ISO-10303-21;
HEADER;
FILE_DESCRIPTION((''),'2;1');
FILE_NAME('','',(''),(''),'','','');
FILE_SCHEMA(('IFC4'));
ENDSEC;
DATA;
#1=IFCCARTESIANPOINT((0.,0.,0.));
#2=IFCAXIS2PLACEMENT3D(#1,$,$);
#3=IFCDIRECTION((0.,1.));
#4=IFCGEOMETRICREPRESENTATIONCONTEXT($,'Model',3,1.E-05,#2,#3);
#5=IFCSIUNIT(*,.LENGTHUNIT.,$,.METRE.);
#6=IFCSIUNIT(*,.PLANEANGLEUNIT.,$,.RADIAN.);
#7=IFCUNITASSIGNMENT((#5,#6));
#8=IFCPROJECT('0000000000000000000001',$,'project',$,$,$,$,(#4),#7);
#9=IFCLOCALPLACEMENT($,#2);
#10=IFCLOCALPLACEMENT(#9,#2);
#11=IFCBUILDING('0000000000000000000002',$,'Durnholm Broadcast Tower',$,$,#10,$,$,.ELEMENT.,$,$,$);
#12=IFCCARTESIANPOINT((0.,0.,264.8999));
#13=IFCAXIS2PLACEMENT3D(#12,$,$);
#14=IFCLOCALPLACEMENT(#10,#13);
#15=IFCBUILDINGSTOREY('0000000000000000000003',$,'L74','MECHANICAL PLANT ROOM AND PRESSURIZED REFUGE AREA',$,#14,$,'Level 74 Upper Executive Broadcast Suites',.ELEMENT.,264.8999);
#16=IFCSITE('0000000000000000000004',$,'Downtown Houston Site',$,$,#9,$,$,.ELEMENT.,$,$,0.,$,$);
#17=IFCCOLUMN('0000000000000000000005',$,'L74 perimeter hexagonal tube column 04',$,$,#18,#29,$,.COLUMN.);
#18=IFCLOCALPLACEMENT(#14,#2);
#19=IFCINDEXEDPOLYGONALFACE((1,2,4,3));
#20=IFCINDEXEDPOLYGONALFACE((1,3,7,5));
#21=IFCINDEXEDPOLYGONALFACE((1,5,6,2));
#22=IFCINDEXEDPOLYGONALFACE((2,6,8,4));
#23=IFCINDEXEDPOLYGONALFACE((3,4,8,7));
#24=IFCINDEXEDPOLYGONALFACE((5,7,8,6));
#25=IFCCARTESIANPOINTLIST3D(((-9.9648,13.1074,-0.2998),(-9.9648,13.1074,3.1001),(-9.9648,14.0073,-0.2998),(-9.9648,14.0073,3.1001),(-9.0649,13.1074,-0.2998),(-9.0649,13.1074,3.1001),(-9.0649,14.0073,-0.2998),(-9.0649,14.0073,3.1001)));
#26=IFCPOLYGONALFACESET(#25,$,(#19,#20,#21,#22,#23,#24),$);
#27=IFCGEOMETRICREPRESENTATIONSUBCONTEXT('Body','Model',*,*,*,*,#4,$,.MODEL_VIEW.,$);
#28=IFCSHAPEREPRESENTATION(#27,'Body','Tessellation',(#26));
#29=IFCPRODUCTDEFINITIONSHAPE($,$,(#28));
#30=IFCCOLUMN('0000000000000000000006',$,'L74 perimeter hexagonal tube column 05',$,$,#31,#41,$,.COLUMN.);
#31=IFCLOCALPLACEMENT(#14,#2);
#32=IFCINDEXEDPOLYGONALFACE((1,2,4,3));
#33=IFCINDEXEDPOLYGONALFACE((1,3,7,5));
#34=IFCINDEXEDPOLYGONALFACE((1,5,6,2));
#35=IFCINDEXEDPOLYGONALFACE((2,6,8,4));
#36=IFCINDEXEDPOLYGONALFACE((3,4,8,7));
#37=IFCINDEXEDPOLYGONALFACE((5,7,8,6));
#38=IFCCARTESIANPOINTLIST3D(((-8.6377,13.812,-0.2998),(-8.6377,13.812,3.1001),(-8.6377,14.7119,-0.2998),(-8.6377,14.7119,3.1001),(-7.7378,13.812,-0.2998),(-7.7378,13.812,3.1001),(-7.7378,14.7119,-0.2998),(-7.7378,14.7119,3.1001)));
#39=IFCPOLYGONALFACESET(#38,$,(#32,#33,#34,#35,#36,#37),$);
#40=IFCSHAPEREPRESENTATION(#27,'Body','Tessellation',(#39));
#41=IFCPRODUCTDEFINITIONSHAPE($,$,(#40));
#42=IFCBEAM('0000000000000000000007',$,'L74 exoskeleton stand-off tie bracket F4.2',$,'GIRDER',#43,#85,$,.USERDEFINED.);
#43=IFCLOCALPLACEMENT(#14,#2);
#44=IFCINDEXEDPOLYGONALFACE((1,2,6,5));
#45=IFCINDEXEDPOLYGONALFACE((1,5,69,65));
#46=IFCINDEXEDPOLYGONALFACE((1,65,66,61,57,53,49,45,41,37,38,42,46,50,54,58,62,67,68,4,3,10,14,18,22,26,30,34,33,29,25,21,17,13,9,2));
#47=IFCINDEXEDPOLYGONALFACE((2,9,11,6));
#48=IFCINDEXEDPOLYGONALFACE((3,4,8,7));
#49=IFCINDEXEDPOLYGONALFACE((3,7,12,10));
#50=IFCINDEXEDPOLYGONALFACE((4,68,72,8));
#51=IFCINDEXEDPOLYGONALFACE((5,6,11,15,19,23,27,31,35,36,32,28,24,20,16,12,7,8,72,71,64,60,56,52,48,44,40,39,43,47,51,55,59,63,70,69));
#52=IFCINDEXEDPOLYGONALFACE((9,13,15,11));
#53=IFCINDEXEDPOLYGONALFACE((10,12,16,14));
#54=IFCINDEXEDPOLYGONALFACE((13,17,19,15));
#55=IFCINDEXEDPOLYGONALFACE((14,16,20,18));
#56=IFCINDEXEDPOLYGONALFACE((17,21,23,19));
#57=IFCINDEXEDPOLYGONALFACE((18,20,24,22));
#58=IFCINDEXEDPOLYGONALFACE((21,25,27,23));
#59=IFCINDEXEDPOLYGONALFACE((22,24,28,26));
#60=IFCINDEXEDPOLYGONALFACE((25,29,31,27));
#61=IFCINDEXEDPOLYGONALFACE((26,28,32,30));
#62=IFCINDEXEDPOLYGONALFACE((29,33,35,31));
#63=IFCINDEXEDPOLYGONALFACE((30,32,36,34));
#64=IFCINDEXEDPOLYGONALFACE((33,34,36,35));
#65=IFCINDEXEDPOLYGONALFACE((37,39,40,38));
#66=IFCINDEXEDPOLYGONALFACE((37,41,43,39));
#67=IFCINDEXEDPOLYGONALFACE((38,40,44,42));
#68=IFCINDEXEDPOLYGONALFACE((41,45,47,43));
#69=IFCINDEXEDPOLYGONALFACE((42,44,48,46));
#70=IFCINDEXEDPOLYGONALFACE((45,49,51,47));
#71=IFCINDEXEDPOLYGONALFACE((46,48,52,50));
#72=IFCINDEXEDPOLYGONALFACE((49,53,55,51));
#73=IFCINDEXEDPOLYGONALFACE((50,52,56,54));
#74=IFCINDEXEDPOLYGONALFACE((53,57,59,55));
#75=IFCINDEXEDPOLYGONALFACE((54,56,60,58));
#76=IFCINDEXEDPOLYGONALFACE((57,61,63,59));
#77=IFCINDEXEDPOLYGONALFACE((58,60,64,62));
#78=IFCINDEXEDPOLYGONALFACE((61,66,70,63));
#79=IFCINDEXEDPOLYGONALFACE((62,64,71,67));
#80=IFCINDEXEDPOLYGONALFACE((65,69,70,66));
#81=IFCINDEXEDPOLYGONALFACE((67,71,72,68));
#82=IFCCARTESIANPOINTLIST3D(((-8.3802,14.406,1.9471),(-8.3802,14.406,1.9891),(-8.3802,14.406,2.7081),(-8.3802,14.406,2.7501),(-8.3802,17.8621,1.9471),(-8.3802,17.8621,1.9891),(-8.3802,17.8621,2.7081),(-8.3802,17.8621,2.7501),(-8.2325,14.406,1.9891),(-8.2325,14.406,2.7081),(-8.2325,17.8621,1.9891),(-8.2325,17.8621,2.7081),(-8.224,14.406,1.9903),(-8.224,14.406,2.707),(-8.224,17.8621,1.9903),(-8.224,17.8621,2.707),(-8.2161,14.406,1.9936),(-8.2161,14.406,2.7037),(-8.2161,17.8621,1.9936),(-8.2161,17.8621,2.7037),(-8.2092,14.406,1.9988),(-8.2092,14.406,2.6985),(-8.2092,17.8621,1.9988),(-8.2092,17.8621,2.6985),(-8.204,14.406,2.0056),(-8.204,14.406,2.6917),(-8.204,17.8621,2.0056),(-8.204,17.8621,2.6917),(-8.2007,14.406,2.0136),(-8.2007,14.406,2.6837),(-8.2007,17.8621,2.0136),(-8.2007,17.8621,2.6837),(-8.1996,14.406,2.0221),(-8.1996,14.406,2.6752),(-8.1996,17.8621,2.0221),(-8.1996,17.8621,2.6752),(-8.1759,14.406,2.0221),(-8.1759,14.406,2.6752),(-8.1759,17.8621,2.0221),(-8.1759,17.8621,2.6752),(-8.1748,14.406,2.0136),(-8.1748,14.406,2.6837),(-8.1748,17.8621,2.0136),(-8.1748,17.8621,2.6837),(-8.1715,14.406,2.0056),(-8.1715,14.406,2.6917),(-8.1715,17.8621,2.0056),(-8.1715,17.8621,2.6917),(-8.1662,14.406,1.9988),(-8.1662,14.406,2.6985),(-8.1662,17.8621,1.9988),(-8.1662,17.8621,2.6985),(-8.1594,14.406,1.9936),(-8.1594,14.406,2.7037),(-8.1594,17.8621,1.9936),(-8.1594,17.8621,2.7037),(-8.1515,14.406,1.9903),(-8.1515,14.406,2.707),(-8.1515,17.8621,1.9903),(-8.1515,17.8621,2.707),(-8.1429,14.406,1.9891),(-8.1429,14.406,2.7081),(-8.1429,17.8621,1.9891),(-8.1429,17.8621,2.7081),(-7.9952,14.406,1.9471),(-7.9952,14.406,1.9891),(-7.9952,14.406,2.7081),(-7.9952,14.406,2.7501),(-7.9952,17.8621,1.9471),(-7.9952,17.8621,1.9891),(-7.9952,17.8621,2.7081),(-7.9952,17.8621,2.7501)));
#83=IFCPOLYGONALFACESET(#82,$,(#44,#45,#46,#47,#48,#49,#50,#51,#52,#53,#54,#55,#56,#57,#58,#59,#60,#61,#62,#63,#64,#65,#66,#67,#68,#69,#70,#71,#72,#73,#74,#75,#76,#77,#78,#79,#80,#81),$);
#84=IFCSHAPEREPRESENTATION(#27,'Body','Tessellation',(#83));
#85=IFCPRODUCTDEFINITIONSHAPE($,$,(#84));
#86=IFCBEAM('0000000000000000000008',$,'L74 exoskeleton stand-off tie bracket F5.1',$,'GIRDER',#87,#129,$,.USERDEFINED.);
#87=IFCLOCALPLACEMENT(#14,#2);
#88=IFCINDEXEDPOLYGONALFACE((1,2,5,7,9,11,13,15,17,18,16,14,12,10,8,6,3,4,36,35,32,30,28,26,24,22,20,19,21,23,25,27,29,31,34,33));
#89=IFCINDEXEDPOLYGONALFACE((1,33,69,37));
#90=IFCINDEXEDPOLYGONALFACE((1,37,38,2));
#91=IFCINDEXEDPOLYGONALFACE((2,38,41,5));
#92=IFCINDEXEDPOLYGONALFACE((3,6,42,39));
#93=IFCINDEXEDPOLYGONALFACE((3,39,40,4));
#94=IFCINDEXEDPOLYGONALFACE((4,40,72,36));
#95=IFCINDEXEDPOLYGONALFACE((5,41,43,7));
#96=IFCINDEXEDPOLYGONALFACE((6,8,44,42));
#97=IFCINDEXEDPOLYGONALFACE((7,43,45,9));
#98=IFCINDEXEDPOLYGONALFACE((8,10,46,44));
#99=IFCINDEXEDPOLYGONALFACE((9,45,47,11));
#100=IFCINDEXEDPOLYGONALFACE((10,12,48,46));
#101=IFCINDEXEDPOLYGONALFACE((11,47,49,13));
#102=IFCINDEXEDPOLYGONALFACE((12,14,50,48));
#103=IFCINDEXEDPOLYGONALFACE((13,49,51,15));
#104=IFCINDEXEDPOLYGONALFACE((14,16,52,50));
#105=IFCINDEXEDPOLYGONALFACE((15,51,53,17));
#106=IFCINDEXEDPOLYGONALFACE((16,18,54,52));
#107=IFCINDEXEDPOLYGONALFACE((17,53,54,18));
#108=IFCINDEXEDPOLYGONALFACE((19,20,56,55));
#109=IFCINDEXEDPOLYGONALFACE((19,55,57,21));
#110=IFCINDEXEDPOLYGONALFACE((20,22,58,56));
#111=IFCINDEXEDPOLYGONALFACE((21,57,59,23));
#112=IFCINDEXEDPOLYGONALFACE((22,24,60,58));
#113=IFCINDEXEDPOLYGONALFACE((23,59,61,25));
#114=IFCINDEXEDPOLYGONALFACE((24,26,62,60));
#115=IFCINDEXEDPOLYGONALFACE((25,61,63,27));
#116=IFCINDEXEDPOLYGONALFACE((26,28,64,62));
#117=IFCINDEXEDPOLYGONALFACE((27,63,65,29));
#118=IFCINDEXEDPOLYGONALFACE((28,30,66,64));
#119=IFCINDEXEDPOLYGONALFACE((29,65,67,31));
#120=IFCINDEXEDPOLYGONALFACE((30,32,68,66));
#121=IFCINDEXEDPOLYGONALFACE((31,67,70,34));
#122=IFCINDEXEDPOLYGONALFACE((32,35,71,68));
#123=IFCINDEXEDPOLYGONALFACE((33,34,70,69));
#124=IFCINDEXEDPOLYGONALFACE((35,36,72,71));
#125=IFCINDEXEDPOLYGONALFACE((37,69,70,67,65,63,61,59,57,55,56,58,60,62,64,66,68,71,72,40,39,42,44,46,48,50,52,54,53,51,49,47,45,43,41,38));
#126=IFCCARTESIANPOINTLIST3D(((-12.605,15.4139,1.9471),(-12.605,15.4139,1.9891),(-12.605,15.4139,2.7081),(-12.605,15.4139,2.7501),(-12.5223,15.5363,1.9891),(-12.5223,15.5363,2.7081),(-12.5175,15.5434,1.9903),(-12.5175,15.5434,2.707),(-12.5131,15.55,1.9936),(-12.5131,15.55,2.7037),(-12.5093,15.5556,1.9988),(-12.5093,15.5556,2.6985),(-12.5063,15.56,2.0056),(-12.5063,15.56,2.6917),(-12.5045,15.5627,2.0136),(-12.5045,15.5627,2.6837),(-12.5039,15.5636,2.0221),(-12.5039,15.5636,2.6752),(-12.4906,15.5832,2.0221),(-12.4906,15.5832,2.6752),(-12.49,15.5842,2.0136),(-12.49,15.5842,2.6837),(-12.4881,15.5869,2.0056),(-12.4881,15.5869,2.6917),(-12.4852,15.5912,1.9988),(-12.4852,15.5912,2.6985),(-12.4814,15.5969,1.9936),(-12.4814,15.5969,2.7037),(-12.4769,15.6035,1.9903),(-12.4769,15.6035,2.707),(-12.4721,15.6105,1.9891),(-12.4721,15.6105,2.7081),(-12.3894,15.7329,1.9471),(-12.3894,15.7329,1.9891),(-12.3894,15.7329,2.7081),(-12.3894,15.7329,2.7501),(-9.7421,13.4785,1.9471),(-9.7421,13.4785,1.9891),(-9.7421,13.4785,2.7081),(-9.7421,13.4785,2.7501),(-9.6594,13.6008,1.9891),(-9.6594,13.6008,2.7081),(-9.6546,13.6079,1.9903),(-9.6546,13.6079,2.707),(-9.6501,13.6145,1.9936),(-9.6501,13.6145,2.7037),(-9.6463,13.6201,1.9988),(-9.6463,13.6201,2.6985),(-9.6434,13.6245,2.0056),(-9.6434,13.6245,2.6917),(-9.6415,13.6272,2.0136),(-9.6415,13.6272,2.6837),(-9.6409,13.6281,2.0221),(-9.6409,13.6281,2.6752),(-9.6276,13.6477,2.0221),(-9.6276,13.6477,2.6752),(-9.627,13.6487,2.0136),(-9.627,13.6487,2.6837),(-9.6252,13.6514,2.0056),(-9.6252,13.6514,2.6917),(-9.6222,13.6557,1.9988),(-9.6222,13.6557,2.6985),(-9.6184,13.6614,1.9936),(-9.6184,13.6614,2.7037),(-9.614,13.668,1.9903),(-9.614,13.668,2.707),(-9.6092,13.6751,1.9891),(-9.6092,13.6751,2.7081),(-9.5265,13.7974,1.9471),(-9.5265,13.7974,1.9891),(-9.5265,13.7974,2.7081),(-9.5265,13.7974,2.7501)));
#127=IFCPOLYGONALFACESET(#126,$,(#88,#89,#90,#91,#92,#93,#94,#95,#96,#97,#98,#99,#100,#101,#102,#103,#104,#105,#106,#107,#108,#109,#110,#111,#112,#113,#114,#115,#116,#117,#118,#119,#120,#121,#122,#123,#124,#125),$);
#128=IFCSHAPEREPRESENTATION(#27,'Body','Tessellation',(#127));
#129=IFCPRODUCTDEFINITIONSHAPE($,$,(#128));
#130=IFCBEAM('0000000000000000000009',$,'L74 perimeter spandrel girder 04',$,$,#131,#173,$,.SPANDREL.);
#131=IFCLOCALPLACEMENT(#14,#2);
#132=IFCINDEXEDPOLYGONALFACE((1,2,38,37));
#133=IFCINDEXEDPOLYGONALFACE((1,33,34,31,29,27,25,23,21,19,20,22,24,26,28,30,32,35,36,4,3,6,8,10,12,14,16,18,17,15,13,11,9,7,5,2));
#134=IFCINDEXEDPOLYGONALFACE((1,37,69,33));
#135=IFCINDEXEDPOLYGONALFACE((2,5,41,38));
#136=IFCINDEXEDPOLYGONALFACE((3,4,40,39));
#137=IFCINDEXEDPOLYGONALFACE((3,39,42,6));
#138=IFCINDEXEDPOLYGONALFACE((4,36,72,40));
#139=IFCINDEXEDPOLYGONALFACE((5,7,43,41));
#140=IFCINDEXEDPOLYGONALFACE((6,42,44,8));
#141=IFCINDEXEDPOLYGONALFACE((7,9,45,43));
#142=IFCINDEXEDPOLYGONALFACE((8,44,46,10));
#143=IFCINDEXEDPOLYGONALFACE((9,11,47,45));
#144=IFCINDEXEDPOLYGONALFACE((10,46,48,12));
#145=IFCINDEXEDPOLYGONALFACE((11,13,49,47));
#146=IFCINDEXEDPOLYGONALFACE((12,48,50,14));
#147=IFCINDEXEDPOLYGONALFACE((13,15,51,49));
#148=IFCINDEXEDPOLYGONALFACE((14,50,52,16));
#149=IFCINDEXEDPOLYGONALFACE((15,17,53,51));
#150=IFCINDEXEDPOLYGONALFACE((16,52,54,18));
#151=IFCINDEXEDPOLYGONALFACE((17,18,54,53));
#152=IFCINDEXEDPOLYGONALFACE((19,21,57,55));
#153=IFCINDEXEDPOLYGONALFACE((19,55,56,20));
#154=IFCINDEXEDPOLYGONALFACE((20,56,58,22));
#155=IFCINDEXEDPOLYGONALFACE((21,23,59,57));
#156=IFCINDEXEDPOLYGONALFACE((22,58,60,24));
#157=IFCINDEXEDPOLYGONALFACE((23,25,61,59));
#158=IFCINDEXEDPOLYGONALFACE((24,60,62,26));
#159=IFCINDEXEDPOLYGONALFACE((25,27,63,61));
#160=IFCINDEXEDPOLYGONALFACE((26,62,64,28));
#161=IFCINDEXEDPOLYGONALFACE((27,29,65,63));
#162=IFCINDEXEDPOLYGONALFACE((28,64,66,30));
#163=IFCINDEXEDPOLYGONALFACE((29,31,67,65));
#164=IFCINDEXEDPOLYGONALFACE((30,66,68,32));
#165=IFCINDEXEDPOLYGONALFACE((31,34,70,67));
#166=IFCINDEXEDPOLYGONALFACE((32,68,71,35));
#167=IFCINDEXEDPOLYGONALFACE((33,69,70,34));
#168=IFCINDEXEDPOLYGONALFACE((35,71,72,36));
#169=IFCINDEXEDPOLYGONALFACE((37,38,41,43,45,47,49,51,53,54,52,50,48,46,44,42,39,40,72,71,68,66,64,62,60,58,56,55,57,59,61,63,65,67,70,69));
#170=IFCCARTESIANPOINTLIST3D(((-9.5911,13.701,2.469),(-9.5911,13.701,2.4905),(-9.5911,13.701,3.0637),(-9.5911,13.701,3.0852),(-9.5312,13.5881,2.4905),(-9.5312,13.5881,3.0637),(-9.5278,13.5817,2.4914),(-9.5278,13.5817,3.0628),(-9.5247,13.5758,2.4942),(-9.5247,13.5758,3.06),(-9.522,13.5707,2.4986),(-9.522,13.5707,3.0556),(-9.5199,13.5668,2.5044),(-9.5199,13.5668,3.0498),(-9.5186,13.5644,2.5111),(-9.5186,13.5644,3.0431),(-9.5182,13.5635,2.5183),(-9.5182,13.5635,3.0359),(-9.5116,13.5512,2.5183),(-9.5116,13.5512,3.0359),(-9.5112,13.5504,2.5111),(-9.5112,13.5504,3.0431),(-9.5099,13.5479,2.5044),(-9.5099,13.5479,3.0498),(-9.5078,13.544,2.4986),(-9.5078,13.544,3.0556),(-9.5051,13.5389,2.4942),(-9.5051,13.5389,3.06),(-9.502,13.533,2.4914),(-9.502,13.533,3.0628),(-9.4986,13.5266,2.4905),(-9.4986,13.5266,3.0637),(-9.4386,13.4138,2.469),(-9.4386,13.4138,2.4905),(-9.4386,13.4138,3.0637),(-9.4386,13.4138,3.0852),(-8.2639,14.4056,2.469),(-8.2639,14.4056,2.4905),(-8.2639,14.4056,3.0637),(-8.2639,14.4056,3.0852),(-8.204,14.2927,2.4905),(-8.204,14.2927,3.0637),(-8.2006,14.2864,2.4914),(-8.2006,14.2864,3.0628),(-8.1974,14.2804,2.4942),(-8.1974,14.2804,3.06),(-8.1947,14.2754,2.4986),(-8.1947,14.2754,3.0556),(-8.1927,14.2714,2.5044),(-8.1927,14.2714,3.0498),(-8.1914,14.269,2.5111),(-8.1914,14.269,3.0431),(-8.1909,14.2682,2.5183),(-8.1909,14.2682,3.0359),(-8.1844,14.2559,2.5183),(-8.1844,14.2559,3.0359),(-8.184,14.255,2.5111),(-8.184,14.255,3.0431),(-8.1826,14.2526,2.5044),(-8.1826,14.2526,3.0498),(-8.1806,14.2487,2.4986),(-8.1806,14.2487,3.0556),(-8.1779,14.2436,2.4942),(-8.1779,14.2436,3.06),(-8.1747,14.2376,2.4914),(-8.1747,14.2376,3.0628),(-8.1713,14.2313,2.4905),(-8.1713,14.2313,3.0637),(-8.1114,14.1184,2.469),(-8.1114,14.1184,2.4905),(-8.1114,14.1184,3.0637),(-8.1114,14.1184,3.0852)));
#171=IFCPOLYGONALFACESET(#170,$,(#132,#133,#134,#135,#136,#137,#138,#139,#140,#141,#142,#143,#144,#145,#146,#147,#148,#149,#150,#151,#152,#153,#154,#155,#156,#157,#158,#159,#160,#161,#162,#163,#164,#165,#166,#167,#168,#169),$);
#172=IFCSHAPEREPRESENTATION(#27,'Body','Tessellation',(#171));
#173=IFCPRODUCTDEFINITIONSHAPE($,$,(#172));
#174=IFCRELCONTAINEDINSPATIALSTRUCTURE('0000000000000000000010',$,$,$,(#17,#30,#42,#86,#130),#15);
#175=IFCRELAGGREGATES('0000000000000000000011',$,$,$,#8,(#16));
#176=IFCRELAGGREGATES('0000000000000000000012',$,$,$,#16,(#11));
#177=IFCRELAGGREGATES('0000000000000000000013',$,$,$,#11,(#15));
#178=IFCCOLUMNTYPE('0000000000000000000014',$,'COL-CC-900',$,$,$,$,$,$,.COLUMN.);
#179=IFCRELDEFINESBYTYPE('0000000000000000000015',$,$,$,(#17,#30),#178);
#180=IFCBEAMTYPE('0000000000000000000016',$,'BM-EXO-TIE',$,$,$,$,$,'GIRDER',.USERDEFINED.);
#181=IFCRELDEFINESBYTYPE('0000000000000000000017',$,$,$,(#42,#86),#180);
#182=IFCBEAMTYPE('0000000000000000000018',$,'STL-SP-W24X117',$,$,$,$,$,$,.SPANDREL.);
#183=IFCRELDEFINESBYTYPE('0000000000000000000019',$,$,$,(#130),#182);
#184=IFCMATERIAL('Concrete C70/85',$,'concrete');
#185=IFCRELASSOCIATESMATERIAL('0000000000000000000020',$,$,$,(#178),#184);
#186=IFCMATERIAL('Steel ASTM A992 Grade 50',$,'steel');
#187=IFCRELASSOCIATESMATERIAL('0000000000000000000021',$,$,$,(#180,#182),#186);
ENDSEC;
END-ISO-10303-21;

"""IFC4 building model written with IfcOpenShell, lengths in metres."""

from ifc_helpers import new_model, si_unit, direction, frame, origin, origin_2d, place, context, subcontext, project, spatial, rectangle, i_section, extrude, source, transform, mapped, material, material_profile, profile_set, type_object, type_shapes, element, save


model = new_model("IFC4")

# Units and contexts
model_context = context("Model", 3, precision=1e-05, world=origin(), true_north=direction((0.0, 1.0)))
body_context = subcontext(model_context, "Body", "Model", "MODEL_VIEW")
ifc_project = project(units=[si_unit("LENGTHUNIT", "METRE"), si_unit("PLANEANGLEUNIT", "RADIAN")], contexts=[model_context])

# Site, building, storey
site_placement = place(None, origin())
site = spatial("IfcSite", under=ifc_project, at=site_placement, Name="Downtown Houston Site", CompositionType="ELEMENT", RefElevation=0.0)
building_placement = place(site_placement, origin())
building = spatial("IfcBuilding", under=site, at=building_placement, Name="Durnholm Broadcast Tower", CompositionType="ELEMENT")
storey_placement = place(building_placement, frame((0.0, 0.0, 264.8999)))
storey = spatial("IfcBuildingStorey", under=building, at=storey_placement, Name="L74", Description="MECHANICAL PLANT ROOM AND PRESSURIZED REFUGE AREA", LongName="Level 74 Upper Executive Broadcast Suites", CompositionType="ELEMENT", Elevation=264.8999)

# Columns
ifc_material_1 = material(Name="Concrete C70/85", Category="concrete")
ifc_material_profile_1 = material_profile(ifc_material_1, rectangle(XDim=0.8999, YDim=0.8999, at=origin_2d()), Name="RC900X900")
ifc_profile_set_1 = profile_set([ifc_material_profile_1], Name="Concrete C70/85")
column_type = type_object("IfcColumnType", Name="COL-CC-900", PredefinedType="COLUMN", material=ifc_profile_set_1)
shared_shape_1 = source(origin(), body_context, "Body", "SweptSolid", [
    extrude(rectangle(XDim=0.8999, YDim=0.8999, at=origin_2d()), origin(), (0.0, 0.0, 1.0), 3.3999),
])
type_shapes(column_type, [shared_shape_1])
for number, where, z_axis, x_axis, name in (
    (1, (-9.5149, 13.5574, -0.2998), (0.0, 0.0, 1.0), (1.0, 0.0, 0.0), "L74 perimeter hexagonal tube column 04"),
    (2, (-8.1877, 14.262, -0.2998), (0.0, 0.0, 1.0), (1.0, 0.0, 0.0), "L74 perimeter hexagonal tube column 05"),
):
    element("IfcColumn", number, at=place(storey_placement, frame(where, z_axis=z_axis, x_axis=x_axis)), inside=storey, type_object=column_type, Name=name, PredefinedType="COLUMN", context=body_context, shape_type="MappedRepresentation", body=[
        mapped(shared_shape_1, transform((0.0, 0.0, 0.0), x_axis=(1.0, 0.0, 0.0), y_axis=(0.0, 1.0, 0.0), z_axis=(0.0, 0.0, 1.0), scale=1.0)),
    ])

# Beams
ifc_material_2 = material(Name="Steel ASTM A992 Grade 50", Category="steel")
ifc_material_profile_2 = material_profile(ifc_material_2, i_section(OverallWidth=0.385, OverallDepth=0.803, WebThickness=0.0237, FlangeThickness=0.042, FilletRadius=0.033, at=origin_2d()), Name="W30X261")
ifc_profile_set_2 = profile_set([ifc_material_profile_2], Name="Steel ASTM A992 Grade 50")
beam_type_1 = type_object("IfcBeamType", Name="BM-EXO-TIE", ElementType="GIRDER", PredefinedType="USERDEFINED", material=ifc_profile_set_2)
shared_shape_2 = source(origin(), body_context, "Body", "SweptSolid", [
    extrude(i_section(OverallWidth=0.385, OverallDepth=0.803, WebThickness=0.0237, FlangeThickness=0.042, FilletRadius=0.033, at=origin_2d()), origin(), (0.0, 0.0, 1.0), 3.4561),
])
beam_1_placement = place(storey_placement, frame((-8.1877, 14.406, 2.3486), z_axis=(0.0, 1.0, 0.0), x_axis=(-1.0, 0.0, 0.0)))
element("IfcBeam", 3, at=beam_1_placement, inside=storey, type_object=beam_type_1, Name="L74 exoskeleton stand-off tie bracket F4.2", ObjectType="GIRDER", PredefinedType="USERDEFINED", context=body_context, shape_type="MappedRepresentation", body=[
    mapped(shared_shape_2, transform((0.0, 0.0, 0.0), x_axis=(1.0, 0.0, 0.0), y_axis=(0.0, 1.0, 0.0), z_axis=(0.0, 0.0, 1.0), scale=1.0)),
])
shared_shape_3 = source(origin(), body_context, "Body", "SweptSolid", [
    extrude(i_section(OverallWidth=0.385, OverallDepth=0.803, WebThickness=0.0237, FlangeThickness=0.042, FilletRadius=0.033, at=origin_2d()), origin(), (0.0, 0.0, 1.0), 3.4558),
])
type_shapes(beam_type_1, [shared_shape_2, shared_shape_3])
beam_2_placement = place(storey_placement, frame((-9.6343, 13.6379, 2.3486), z_axis=(-0.828446, 0.560068, 0.0), x_axis=(-0.560068, -0.828446, 0.0)))
element("IfcBeam", 4, at=beam_2_placement, inside=storey, type_object=beam_type_1, Name="L74 exoskeleton stand-off tie bracket F5.1", ObjectType="GIRDER", PredefinedType="USERDEFINED", context=body_context, shape_type="MappedRepresentation", body=[
    mapped(shared_shape_3, transform((0.0, 0.0, 0.0), x_axis=(1.0, 0.0, 0.0), y_axis=(0.0, 1.0, 0.0), z_axis=(0.0, 0.0, 1.0), scale=1.0)),
])
ifc_material_profile_3 = material_profile(ifc_material_2, i_section(OverallWidth=0.3252, OverallDepth=0.6162, WebThickness=0.0139, FlangeThickness=0.0215, FilletRadius=0.0278, at=origin_2d()), Name="W24X117")
ifc_profile_set_3 = profile_set([ifc_material_profile_3], Name="Steel ASTM A992 Grade 50")
beam_type_2 = type_object("IfcBeamType", Name="STL-SP-W24X117", PredefinedType="SPANDREL", material=ifc_profile_set_3)
shared_shape_4 = source(origin(), body_context, "Body", "SweptSolid", [
    extrude(i_section(OverallWidth=0.3252, OverallDepth=0.6162, WebThickness=0.0139, FlangeThickness=0.0215, FilletRadius=0.0278, at=origin_2d()), origin(), (0.0, 0.0, 1.0), 1.5027),
])
beam_3_placement = place(storey_placement, frame((-9.5149, 13.5574, 2.7771), z_axis=(0.883242, 0.468918, 0.0), x_axis=(-0.468918, 0.883242, 0.0)))
element("IfcBeam", 5, at=beam_3_placement, inside=storey, type_object=beam_type_2, Name="L74 perimeter spandrel girder 04", PredefinedType="SPANDREL", context=body_context, shape_type="MappedRepresentation", body=[
    mapped(shared_shape_4, transform((0.0, 0.0, 0.0), x_axis=(1.0, 0.0, 0.0), y_axis=(0.0, 1.0, 0.0), z_axis=(0.0, 0.0, 1.0), scale=1.0)),
])

save(model, "model.ifc")
